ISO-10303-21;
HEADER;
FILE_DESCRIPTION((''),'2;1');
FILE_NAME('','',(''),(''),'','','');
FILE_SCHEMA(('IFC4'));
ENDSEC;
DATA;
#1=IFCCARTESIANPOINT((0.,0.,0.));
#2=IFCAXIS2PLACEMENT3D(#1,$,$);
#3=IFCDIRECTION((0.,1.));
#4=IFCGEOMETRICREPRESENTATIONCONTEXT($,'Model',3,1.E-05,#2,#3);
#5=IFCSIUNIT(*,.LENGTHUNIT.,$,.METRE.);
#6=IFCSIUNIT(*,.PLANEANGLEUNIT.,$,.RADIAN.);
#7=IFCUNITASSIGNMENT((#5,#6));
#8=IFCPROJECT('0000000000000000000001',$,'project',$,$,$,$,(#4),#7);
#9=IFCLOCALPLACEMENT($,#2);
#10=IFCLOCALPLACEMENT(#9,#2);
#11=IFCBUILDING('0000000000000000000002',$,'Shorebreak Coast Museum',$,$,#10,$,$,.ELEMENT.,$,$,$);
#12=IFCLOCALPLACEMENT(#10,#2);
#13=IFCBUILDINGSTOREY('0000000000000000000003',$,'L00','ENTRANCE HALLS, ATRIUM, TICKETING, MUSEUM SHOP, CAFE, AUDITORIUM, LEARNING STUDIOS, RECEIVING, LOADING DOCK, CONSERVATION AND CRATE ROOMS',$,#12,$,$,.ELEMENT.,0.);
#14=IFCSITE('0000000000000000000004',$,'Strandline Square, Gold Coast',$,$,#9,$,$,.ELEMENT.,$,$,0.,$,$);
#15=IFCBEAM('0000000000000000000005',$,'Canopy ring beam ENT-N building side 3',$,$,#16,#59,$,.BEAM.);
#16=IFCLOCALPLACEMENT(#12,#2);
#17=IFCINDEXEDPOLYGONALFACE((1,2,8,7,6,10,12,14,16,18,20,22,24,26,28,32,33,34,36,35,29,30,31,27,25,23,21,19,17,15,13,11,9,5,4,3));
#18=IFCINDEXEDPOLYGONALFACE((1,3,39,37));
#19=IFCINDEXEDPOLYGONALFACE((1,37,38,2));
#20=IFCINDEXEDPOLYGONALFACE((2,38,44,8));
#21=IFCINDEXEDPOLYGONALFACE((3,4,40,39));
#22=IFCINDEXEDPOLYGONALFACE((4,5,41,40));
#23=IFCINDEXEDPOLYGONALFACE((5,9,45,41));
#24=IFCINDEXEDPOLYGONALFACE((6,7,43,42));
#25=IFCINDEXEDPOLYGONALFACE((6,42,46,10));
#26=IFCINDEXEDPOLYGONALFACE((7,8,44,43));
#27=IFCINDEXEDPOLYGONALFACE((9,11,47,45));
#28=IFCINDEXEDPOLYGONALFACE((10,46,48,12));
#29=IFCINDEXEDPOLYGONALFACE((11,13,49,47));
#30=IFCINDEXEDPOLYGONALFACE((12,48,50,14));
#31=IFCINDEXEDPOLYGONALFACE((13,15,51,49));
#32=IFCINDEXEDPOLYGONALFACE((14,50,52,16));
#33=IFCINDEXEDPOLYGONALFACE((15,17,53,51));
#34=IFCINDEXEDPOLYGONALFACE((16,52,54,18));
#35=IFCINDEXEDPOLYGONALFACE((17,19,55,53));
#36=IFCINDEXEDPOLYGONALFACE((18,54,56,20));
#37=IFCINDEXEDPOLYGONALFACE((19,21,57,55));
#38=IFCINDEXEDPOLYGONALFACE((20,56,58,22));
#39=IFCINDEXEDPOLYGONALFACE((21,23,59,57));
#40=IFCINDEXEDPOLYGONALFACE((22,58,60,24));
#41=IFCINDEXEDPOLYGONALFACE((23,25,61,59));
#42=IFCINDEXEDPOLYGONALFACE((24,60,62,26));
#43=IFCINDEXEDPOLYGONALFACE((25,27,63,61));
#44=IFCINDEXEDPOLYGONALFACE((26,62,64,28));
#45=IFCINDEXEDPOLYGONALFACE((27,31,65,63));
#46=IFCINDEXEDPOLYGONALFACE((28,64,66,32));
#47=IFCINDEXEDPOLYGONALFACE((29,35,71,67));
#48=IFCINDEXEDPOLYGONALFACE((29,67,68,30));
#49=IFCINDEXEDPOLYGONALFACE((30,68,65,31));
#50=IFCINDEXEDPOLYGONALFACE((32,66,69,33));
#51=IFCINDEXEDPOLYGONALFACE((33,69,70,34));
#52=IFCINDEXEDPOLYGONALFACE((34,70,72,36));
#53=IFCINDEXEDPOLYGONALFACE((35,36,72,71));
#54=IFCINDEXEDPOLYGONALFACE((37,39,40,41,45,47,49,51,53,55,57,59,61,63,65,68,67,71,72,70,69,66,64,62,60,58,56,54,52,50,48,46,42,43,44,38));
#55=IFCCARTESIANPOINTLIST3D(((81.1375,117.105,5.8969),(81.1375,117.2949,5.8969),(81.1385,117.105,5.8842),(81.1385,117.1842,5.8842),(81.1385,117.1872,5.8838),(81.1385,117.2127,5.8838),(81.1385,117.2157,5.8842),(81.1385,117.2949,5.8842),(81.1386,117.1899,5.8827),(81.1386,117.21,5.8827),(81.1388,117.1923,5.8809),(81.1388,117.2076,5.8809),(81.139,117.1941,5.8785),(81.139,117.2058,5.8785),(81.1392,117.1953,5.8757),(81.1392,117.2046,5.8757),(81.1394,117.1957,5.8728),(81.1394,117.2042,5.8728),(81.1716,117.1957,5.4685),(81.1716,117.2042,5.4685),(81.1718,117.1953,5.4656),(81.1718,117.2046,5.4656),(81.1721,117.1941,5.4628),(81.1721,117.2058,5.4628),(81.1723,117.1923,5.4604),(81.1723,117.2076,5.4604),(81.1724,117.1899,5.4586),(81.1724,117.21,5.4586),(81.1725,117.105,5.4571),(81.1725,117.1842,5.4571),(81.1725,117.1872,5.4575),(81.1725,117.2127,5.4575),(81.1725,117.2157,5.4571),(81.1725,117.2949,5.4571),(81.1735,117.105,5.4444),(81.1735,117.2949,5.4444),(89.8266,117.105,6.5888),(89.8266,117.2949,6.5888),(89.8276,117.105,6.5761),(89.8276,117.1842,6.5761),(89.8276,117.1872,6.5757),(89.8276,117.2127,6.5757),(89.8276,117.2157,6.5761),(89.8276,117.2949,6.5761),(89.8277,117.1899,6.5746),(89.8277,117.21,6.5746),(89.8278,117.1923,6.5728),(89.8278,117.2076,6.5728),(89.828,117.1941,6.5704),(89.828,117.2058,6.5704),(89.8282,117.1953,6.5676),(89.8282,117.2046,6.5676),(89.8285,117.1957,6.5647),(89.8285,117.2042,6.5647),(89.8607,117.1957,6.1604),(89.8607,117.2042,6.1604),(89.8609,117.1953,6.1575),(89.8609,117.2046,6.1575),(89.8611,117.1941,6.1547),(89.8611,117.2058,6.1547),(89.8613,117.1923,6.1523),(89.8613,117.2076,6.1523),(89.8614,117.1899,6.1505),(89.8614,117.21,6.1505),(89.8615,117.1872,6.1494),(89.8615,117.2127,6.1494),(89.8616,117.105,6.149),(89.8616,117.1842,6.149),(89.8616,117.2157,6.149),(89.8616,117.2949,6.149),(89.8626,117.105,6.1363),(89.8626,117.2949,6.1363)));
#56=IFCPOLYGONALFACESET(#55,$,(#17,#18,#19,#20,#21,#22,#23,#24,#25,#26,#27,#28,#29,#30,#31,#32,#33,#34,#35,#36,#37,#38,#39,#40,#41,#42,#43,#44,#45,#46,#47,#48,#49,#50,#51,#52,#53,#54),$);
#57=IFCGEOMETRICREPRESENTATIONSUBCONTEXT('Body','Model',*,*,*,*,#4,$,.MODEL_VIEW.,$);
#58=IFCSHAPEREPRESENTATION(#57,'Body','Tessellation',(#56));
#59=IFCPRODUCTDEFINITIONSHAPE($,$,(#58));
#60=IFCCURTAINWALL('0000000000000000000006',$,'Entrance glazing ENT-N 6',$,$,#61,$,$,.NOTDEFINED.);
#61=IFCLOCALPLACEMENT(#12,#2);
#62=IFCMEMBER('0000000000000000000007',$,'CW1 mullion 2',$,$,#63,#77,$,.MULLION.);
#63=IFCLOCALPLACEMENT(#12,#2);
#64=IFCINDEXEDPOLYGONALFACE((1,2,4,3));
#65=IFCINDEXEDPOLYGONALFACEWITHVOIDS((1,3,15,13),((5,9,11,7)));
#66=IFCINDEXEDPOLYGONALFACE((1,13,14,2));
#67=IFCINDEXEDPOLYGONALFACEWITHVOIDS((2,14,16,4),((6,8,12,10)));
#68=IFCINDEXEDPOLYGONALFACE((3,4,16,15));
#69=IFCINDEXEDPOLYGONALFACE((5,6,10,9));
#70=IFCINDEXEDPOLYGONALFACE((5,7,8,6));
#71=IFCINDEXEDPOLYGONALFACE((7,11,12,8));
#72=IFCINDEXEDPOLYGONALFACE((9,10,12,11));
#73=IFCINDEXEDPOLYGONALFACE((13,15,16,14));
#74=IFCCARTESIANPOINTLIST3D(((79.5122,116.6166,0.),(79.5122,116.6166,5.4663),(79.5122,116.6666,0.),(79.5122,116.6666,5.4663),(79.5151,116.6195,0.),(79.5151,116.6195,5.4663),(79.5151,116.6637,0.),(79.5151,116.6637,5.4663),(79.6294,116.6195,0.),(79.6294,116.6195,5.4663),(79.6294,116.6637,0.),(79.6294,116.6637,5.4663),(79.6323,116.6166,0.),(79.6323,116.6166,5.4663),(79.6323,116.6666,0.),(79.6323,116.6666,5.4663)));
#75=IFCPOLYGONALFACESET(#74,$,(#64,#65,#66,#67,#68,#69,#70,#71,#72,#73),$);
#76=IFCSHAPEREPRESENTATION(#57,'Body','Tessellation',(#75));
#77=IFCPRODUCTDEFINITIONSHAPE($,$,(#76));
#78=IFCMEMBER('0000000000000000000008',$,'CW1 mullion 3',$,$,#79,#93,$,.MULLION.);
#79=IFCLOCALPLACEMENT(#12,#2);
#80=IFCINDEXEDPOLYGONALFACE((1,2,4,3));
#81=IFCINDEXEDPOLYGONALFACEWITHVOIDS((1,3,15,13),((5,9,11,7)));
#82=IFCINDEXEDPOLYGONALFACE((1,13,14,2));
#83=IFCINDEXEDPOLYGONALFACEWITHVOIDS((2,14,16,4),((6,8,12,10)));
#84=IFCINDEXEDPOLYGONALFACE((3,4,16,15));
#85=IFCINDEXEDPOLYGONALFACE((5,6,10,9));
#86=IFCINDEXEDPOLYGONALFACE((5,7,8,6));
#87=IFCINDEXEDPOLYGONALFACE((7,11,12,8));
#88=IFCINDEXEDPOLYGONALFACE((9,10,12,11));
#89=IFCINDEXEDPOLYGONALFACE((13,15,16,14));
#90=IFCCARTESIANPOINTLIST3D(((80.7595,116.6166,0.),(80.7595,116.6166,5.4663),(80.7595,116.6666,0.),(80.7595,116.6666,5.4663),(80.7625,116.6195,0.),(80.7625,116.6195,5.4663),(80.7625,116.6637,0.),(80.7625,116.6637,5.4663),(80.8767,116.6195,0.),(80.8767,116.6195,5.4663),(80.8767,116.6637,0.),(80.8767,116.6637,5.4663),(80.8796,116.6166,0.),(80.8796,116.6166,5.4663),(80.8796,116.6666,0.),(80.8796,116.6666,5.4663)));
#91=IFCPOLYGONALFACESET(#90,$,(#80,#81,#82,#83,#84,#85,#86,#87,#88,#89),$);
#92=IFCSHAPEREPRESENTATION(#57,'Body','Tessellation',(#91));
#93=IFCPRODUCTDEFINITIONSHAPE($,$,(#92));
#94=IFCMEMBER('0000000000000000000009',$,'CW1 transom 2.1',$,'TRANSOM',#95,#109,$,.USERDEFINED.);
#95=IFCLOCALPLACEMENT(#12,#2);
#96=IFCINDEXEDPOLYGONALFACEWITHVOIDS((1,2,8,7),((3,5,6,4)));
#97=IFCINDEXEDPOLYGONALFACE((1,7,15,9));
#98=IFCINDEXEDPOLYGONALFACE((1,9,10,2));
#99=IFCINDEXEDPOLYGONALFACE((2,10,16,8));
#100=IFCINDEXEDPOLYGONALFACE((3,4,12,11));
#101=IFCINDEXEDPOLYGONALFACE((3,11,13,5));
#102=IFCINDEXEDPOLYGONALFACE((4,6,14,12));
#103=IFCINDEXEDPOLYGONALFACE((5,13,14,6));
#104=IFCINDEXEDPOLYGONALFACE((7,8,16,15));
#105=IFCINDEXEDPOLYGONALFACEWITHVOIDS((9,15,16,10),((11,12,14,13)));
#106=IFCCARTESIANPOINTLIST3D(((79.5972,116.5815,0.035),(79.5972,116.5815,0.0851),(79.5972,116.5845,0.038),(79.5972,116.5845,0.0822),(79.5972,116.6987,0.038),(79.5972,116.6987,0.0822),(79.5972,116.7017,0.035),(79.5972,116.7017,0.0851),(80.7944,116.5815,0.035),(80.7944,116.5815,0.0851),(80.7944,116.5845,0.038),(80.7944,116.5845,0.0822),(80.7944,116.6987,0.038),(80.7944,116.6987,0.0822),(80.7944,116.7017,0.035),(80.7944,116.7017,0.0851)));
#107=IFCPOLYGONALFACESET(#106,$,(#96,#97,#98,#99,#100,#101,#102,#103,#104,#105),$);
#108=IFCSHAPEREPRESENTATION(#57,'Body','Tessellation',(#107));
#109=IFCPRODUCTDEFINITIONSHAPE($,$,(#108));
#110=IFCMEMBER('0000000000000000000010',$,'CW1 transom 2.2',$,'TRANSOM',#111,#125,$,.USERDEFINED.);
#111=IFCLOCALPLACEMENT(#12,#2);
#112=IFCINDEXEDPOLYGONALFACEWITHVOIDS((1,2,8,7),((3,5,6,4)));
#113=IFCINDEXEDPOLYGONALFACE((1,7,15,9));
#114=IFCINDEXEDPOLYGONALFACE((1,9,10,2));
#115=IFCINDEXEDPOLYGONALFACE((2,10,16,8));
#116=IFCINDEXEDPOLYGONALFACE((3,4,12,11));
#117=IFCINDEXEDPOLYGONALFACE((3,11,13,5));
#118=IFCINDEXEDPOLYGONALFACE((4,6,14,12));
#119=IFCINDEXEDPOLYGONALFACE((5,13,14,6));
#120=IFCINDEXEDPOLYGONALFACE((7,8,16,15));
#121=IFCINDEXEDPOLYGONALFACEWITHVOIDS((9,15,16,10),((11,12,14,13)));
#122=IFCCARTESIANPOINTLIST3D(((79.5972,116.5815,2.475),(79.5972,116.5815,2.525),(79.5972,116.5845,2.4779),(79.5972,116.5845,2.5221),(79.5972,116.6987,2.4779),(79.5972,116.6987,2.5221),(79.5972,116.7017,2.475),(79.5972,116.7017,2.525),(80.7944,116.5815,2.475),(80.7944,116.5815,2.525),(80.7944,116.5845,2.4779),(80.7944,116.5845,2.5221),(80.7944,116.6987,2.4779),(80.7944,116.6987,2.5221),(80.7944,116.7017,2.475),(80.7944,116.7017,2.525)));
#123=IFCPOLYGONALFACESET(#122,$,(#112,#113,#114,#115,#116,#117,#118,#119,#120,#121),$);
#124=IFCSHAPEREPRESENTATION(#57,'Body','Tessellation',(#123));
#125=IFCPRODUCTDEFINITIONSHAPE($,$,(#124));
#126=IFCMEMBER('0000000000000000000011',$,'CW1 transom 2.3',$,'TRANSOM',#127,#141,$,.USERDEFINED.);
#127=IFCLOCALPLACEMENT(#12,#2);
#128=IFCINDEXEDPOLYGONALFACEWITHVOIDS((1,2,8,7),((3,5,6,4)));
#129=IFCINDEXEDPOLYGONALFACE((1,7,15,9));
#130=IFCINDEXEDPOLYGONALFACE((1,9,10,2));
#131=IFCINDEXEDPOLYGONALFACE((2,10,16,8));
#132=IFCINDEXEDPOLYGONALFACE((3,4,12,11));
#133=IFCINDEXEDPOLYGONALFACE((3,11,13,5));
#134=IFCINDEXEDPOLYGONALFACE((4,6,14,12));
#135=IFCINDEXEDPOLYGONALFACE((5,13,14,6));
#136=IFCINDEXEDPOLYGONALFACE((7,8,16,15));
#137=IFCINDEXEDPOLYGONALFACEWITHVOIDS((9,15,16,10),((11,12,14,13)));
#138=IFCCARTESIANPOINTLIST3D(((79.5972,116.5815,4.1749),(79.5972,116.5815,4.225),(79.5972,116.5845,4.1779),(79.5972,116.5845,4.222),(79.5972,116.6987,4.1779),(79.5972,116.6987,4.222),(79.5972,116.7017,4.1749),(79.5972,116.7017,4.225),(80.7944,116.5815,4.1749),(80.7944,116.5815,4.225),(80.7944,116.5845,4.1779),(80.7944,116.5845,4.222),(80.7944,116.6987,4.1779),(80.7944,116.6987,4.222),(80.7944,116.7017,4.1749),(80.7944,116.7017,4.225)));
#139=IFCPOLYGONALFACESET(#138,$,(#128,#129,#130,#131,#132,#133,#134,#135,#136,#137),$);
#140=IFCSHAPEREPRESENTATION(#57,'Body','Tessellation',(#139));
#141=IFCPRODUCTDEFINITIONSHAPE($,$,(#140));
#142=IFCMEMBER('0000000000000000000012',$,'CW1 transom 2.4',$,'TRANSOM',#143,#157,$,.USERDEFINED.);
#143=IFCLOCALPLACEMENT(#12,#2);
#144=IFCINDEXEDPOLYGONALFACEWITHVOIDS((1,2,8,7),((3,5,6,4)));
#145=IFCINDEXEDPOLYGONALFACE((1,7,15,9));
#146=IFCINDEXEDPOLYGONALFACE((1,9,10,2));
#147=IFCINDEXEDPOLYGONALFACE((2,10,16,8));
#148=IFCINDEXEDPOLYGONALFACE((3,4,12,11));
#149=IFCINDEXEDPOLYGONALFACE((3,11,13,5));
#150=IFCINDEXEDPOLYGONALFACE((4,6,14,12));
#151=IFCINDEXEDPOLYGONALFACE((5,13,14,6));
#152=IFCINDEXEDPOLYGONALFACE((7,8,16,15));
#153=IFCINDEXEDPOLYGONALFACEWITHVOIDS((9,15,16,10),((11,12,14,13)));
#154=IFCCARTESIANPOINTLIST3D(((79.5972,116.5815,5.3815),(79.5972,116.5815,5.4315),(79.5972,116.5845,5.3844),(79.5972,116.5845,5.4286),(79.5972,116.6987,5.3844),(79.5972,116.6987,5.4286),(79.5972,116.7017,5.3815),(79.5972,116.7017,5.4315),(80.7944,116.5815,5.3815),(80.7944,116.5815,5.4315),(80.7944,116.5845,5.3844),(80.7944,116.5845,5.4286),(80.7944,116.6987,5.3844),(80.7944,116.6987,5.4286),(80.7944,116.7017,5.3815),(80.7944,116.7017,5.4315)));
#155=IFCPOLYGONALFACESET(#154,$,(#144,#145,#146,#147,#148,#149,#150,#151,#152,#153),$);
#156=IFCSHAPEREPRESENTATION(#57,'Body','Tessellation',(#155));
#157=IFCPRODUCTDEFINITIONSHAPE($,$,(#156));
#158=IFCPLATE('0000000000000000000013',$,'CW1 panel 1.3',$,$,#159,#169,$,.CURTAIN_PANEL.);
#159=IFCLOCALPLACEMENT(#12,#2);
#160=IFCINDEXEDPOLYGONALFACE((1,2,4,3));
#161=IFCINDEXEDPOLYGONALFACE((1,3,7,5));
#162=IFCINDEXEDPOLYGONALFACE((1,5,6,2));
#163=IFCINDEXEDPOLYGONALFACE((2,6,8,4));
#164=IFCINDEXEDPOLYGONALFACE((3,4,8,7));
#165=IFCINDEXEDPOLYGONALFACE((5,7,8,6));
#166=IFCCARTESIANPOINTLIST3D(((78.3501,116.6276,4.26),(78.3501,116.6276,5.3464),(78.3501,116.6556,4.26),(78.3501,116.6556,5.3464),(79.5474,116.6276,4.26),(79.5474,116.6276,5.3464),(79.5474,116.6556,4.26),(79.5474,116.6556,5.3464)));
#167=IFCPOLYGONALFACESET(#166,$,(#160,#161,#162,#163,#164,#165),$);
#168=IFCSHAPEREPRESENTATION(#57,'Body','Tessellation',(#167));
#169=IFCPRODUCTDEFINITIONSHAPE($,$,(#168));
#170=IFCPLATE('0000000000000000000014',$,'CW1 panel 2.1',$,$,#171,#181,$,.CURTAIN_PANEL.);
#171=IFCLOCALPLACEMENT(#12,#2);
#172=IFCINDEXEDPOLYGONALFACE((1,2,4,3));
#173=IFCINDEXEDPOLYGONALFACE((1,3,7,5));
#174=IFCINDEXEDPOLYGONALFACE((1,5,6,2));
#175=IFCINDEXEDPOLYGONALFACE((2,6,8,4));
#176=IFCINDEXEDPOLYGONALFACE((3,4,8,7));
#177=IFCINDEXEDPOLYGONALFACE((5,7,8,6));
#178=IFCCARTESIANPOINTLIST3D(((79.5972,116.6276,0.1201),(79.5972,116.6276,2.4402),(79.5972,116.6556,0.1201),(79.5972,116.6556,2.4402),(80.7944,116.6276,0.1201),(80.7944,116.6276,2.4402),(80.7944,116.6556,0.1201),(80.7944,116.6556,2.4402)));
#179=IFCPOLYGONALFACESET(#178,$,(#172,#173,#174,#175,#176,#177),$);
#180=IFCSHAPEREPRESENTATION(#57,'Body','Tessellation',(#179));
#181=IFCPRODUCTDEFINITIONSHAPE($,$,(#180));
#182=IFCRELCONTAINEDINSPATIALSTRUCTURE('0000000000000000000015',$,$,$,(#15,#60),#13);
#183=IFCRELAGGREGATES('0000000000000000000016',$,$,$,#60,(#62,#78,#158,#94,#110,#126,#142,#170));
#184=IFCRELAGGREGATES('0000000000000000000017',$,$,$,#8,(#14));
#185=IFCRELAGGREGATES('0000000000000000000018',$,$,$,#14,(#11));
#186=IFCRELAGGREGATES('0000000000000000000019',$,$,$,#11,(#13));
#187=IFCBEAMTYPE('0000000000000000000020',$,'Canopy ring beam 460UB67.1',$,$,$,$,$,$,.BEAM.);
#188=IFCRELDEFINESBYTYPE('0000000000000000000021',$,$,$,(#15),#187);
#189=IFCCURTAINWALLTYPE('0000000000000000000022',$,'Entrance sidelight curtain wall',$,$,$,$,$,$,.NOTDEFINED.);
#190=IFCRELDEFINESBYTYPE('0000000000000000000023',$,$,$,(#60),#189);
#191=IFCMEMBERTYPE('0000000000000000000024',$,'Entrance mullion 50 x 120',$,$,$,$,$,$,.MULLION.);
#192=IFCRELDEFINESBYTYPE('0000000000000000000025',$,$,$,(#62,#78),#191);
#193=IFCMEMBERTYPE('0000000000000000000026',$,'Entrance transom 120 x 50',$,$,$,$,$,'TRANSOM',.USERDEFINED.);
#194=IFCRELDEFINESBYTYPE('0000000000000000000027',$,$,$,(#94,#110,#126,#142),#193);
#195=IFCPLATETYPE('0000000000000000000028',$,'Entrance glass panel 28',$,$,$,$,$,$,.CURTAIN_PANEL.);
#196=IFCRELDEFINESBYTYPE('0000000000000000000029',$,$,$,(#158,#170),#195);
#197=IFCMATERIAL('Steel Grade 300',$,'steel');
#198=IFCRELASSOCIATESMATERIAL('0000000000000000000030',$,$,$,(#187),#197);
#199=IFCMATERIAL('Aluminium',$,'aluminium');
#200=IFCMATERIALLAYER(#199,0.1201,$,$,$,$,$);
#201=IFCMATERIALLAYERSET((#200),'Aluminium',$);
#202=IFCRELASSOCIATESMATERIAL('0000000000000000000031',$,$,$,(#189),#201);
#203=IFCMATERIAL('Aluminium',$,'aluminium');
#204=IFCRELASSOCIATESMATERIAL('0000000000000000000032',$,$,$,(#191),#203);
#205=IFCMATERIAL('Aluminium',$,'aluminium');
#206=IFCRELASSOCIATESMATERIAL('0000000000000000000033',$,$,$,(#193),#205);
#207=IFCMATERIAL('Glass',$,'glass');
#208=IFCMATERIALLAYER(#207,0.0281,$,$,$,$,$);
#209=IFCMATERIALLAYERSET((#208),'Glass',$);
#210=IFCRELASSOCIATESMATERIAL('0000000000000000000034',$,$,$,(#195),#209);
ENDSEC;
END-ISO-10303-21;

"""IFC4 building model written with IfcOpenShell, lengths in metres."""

from ifc_helpers import new_model, si_unit, direction, frame, origin, origin_2d, place, context, subcontext, project, spatial, rectangle, hollow_rectangle, i_section, extrude, material, layer, layer_set, material_profile, profile_set, type_object, element, aggregate, save


model = new_model("IFC4")

# Units and contexts
model_context = context("Model", 3, precision=1e-05, world=origin(), true_north=direction((0.0, 1.0)))
body_context = subcontext(model_context, "Body", "Model", "MODEL_VIEW")
ifc_project = project(units=[si_unit("LENGTHUNIT", "METRE"), si_unit("PLANEANGLEUNIT", "RADIAN")], contexts=[model_context])

# Site, building, storey
site_placement = place(None, origin())
site = spatial("IfcSite", under=ifc_project, at=site_placement, Name="Strandline Square, Gold Coast", CompositionType="ELEMENT", RefElevation=0.0)
building_placement = place(site_placement, origin())
building = spatial("IfcBuilding", under=site, at=building_placement, Name="Shorebreak Coast Museum", CompositionType="ELEMENT")
storey_placement = place(building_placement, origin())
storey = spatial("IfcBuildingStorey", under=building, at=storey_placement, Name="L00", Description="ENTRANCE HALLS, ATRIUM, TICKETING, MUSEUM SHOP, CAFE, AUDITORIUM, LEARNING STUDIOS, RECEIVING, LOADING DOCK, CONSERVATION AND CRATE ROOMS", CompositionType="ELEMENT", Elevation=0.0)

# Beam
ifc_material_1 = material(Name="Steel Grade 300", Category="steel")
ifc_material_profile_1 = material_profile(ifc_material_1, i_section(OverallWidth=0.1899, OverallDepth=0.4539, WebThickness=0.0085, FlangeThickness=0.0127, FilletRadius=0.0115, at=origin_2d()), Name="460UB67.1")
ifc_profile_set_1 = profile_set([ifc_material_profile_1], Name="Steel Grade 300")
beam_type_1 = type_object("IfcBeamType", Name="Canopy ring beam 460UB67.1", PredefinedType="BEAM", material=ifc_profile_set_1)
beam_1_placement = place(storey_placement, frame((81.1555, 117.2, 5.6707), z_axis=(0.996845, 0.0, 0.079378), x_axis=(0.0, 1.0, 0.0)))
element("IfcBeam", 1, at=beam_1_placement, inside=storey, type_object=beam_type_1, Name="Canopy ring beam ENT-N building side 3", PredefinedType="BEAM", context=body_context, shape_type="SweptSolid", body=[
    extrude(i_section(OverallWidth=0.1899, OverallDepth=0.4539, WebThickness=0.0085, FlangeThickness=0.0127, FilletRadius=0.0115, at=origin_2d()), origin(), (0.0, 0.0, 1.0), 8.7166),
])

# Curtain wall, members, plates
ifc_material_2 = material(Name="Aluminium", Category="aluminium")
ifc_layer_1 = layer(ifc_material_2, 0.1201)
ifc_layer_set_1 = layer_set([ifc_layer_1], Name="Aluminium")
curtain_wall_type = type_object("IfcCurtainWallType", Name="Entrance sidelight curtain wall", PredefinedType="NOTDEFINED", material=ifc_layer_set_1)
curtain_wall_placement = place(storey_placement, origin())
curtain_wall = element("IfcCurtainWall", 2, at=curtain_wall_placement, inside=storey, type_object=curtain_wall_type, Name="Entrance glazing ENT-N 6", PredefinedType="NOTDEFINED")
ifc_material_3 = material(Name="Aluminium", Category="aluminium")
ifc_material_profile_2 = material_profile(ifc_material_3, hollow_rectangle(XDim=0.05, YDim=0.1201, WallThickness=0.0029, at=origin_2d()), Name="AL 120x50 RHS")
ifc_profile_set_2 = profile_set([ifc_material_profile_2], Name="Aluminium")
member_type_1 = type_object("IfcMemberType", Name="Entrance mullion 50 x 120", PredefinedType="MULLION", material=ifc_profile_set_2)
member_1_placement = place(storey_placement, frame((79.5723, 116.6416, 0.0), z_axis=(0.0, 0.0, 1.0), x_axis=(0.0, 1.0, 0.0)))
member_1 = element("IfcMember", 3, at=member_1_placement, type_object=member_type_1, Name="CW1 mullion 2", PredefinedType="MULLION", context=body_context, shape_type="SweptSolid", body=[
    extrude(hollow_rectangle(XDim=0.05, YDim=0.1201, WallThickness=0.0029, at=origin_2d()), origin(), (0.0, 0.0, 1.0), 5.4663),
])
member_2_placement = place(storey_placement, frame((80.8196, 116.6416, 0.0), z_axis=(0.0, 0.0, 1.0), x_axis=(0.0, 1.0, 0.0)))
member_2 = element("IfcMember", 4, at=member_2_placement, type_object=member_type_1, Name="CW1 mullion 3", PredefinedType="MULLION", context=body_context, shape_type="SweptSolid", body=[
    extrude(hollow_rectangle(XDim=0.05, YDim=0.1201, WallThickness=0.0029, at=origin_2d()), origin(), (0.0, 0.0, 1.0), 5.4663),
])
ifc_material_4 = material(Name="Aluminium", Category="aluminium")
ifc_material_profile_3 = material_profile(ifc_material_4, hollow_rectangle(XDim=0.1201, YDim=0.05, WallThickness=0.0029, at=origin_2d()), Name="AL 50x120 RHS")
ifc_profile_set_3 = profile_set([ifc_material_profile_3], Name="Aluminium")
member_type_2 = type_object("IfcMemberType", Name="Entrance transom 120 x 50", ElementType="TRANSOM", PredefinedType="USERDEFINED", material=ifc_profile_set_3)
member_3_placement = place(storey_placement, frame((79.5972, 116.6416, 0.0601), z_axis=(1.0, 0.0, 0.0), x_axis=(0.0, 1.0, 0.0)))
member_3 = element("IfcMember", 5, at=member_3_placement, type_object=member_type_2, Name="CW1 transom 2.1", ObjectType="TRANSOM", PredefinedType="USERDEFINED", context=body_context, shape_type="SweptSolid", body=[
    extrude(hollow_rectangle(XDim=0.1201, YDim=0.05, WallThickness=0.0029, at=origin_2d()), origin(), (0.0, 0.0, 1.0), 1.1973),
])
member_4_placement = place(storey_placement, frame((79.5972, 116.6416, 2.5), z_axis=(1.0, 0.0, 0.0), x_axis=(0.0, 1.0, 0.0)))
member_4 = element("IfcMember", 6, at=member_4_placement, type_object=member_type_2, Name="CW1 transom 2.2", ObjectType="TRANSOM", PredefinedType="USERDEFINED", context=body_context, shape_type="SweptSolid", body=[
    extrude(hollow_rectangle(XDim=0.1201, YDim=0.05, WallThickness=0.0029, at=origin_2d()), origin(), (0.0, 0.0, 1.0), 1.1973),
])
member_5_placement = place(storey_placement, frame((79.5972, 116.6416, 4.2), z_axis=(1.0, 0.0, 0.0), x_axis=(0.0, 1.0, 0.0)))
member_5 = element("IfcMember", 7, at=member_5_placement, type_object=member_type_2, Name="CW1 transom 2.3", ObjectType="TRANSOM", PredefinedType="USERDEFINED", context=body_context, shape_type="SweptSolid", body=[
    extrude(hollow_rectangle(XDim=0.1201, YDim=0.05, WallThickness=0.0029, at=origin_2d()), origin(), (0.0, 0.0, 1.0), 1.1973),
])
member_6_placement = place(storey_placement, frame((79.5972, 116.6416, 5.4065), z_axis=(1.0, 0.0, 0.0), x_axis=(0.0, 1.0, 0.0)))
member_6 = element("IfcMember", 8, at=member_6_placement, type_object=member_type_2, Name="CW1 transom 2.4", ObjectType="TRANSOM", PredefinedType="USERDEFINED", context=body_context, shape_type="SweptSolid", body=[
    extrude(hollow_rectangle(XDim=0.1201, YDim=0.05, WallThickness=0.0029, at=origin_2d()), origin(), (0.0, 0.0, 1.0), 1.1973),
])
ifc_material_5 = material(Name="Glass", Category="glass")
ifc_layer_2 = layer(ifc_material_5, 0.0281)
ifc_layer_set_2 = layer_set([ifc_layer_2], Name="Glass")
plate_type = type_object("IfcPlateType", Name="Entrance glass panel 28", PredefinedType="CURTAIN_PANEL", material=ifc_layer_set_2)
plate_1_placement = place(storey_placement, frame((78.9487, 116.6416, 4.26), z_axis=(0.0, 0.0, 1.0), x_axis=(1.0, 0.0, 0.0)))
plate_1 = element("IfcPlate", 9, at=plate_1_placement, type_object=plate_type, Name="CW1 panel 1.3", PredefinedType="CURTAIN_PANEL", context=body_context, shape_type="SweptSolid", body=[
    extrude(rectangle(XDim=1.1973, YDim=0.0281, at=origin_2d()), origin(), (0.0, 0.0, 1.0), 1.0864),
])
plate_2_placement = place(storey_placement, frame((80.1958, 116.6416, 0.1201), z_axis=(0.0, 0.0, 1.0), x_axis=(1.0, 0.0, 0.0)))
plate_2 = element("IfcPlate", 10, at=plate_2_placement, type_object=plate_type, Name="CW1 panel 2.1", PredefinedType="CURTAIN_PANEL", context=body_context, shape_type="SweptSolid", body=[
    extrude(rectangle(XDim=1.1973, YDim=0.0281, at=origin_2d()), origin(), (0.0, 0.0, 1.0), 2.3201),
])
aggregate(curtain_wall, [member_1, member_2, plate_1, member_3, member_4, member_5, member_6, plate_2])

save(model, "model.ifc")
